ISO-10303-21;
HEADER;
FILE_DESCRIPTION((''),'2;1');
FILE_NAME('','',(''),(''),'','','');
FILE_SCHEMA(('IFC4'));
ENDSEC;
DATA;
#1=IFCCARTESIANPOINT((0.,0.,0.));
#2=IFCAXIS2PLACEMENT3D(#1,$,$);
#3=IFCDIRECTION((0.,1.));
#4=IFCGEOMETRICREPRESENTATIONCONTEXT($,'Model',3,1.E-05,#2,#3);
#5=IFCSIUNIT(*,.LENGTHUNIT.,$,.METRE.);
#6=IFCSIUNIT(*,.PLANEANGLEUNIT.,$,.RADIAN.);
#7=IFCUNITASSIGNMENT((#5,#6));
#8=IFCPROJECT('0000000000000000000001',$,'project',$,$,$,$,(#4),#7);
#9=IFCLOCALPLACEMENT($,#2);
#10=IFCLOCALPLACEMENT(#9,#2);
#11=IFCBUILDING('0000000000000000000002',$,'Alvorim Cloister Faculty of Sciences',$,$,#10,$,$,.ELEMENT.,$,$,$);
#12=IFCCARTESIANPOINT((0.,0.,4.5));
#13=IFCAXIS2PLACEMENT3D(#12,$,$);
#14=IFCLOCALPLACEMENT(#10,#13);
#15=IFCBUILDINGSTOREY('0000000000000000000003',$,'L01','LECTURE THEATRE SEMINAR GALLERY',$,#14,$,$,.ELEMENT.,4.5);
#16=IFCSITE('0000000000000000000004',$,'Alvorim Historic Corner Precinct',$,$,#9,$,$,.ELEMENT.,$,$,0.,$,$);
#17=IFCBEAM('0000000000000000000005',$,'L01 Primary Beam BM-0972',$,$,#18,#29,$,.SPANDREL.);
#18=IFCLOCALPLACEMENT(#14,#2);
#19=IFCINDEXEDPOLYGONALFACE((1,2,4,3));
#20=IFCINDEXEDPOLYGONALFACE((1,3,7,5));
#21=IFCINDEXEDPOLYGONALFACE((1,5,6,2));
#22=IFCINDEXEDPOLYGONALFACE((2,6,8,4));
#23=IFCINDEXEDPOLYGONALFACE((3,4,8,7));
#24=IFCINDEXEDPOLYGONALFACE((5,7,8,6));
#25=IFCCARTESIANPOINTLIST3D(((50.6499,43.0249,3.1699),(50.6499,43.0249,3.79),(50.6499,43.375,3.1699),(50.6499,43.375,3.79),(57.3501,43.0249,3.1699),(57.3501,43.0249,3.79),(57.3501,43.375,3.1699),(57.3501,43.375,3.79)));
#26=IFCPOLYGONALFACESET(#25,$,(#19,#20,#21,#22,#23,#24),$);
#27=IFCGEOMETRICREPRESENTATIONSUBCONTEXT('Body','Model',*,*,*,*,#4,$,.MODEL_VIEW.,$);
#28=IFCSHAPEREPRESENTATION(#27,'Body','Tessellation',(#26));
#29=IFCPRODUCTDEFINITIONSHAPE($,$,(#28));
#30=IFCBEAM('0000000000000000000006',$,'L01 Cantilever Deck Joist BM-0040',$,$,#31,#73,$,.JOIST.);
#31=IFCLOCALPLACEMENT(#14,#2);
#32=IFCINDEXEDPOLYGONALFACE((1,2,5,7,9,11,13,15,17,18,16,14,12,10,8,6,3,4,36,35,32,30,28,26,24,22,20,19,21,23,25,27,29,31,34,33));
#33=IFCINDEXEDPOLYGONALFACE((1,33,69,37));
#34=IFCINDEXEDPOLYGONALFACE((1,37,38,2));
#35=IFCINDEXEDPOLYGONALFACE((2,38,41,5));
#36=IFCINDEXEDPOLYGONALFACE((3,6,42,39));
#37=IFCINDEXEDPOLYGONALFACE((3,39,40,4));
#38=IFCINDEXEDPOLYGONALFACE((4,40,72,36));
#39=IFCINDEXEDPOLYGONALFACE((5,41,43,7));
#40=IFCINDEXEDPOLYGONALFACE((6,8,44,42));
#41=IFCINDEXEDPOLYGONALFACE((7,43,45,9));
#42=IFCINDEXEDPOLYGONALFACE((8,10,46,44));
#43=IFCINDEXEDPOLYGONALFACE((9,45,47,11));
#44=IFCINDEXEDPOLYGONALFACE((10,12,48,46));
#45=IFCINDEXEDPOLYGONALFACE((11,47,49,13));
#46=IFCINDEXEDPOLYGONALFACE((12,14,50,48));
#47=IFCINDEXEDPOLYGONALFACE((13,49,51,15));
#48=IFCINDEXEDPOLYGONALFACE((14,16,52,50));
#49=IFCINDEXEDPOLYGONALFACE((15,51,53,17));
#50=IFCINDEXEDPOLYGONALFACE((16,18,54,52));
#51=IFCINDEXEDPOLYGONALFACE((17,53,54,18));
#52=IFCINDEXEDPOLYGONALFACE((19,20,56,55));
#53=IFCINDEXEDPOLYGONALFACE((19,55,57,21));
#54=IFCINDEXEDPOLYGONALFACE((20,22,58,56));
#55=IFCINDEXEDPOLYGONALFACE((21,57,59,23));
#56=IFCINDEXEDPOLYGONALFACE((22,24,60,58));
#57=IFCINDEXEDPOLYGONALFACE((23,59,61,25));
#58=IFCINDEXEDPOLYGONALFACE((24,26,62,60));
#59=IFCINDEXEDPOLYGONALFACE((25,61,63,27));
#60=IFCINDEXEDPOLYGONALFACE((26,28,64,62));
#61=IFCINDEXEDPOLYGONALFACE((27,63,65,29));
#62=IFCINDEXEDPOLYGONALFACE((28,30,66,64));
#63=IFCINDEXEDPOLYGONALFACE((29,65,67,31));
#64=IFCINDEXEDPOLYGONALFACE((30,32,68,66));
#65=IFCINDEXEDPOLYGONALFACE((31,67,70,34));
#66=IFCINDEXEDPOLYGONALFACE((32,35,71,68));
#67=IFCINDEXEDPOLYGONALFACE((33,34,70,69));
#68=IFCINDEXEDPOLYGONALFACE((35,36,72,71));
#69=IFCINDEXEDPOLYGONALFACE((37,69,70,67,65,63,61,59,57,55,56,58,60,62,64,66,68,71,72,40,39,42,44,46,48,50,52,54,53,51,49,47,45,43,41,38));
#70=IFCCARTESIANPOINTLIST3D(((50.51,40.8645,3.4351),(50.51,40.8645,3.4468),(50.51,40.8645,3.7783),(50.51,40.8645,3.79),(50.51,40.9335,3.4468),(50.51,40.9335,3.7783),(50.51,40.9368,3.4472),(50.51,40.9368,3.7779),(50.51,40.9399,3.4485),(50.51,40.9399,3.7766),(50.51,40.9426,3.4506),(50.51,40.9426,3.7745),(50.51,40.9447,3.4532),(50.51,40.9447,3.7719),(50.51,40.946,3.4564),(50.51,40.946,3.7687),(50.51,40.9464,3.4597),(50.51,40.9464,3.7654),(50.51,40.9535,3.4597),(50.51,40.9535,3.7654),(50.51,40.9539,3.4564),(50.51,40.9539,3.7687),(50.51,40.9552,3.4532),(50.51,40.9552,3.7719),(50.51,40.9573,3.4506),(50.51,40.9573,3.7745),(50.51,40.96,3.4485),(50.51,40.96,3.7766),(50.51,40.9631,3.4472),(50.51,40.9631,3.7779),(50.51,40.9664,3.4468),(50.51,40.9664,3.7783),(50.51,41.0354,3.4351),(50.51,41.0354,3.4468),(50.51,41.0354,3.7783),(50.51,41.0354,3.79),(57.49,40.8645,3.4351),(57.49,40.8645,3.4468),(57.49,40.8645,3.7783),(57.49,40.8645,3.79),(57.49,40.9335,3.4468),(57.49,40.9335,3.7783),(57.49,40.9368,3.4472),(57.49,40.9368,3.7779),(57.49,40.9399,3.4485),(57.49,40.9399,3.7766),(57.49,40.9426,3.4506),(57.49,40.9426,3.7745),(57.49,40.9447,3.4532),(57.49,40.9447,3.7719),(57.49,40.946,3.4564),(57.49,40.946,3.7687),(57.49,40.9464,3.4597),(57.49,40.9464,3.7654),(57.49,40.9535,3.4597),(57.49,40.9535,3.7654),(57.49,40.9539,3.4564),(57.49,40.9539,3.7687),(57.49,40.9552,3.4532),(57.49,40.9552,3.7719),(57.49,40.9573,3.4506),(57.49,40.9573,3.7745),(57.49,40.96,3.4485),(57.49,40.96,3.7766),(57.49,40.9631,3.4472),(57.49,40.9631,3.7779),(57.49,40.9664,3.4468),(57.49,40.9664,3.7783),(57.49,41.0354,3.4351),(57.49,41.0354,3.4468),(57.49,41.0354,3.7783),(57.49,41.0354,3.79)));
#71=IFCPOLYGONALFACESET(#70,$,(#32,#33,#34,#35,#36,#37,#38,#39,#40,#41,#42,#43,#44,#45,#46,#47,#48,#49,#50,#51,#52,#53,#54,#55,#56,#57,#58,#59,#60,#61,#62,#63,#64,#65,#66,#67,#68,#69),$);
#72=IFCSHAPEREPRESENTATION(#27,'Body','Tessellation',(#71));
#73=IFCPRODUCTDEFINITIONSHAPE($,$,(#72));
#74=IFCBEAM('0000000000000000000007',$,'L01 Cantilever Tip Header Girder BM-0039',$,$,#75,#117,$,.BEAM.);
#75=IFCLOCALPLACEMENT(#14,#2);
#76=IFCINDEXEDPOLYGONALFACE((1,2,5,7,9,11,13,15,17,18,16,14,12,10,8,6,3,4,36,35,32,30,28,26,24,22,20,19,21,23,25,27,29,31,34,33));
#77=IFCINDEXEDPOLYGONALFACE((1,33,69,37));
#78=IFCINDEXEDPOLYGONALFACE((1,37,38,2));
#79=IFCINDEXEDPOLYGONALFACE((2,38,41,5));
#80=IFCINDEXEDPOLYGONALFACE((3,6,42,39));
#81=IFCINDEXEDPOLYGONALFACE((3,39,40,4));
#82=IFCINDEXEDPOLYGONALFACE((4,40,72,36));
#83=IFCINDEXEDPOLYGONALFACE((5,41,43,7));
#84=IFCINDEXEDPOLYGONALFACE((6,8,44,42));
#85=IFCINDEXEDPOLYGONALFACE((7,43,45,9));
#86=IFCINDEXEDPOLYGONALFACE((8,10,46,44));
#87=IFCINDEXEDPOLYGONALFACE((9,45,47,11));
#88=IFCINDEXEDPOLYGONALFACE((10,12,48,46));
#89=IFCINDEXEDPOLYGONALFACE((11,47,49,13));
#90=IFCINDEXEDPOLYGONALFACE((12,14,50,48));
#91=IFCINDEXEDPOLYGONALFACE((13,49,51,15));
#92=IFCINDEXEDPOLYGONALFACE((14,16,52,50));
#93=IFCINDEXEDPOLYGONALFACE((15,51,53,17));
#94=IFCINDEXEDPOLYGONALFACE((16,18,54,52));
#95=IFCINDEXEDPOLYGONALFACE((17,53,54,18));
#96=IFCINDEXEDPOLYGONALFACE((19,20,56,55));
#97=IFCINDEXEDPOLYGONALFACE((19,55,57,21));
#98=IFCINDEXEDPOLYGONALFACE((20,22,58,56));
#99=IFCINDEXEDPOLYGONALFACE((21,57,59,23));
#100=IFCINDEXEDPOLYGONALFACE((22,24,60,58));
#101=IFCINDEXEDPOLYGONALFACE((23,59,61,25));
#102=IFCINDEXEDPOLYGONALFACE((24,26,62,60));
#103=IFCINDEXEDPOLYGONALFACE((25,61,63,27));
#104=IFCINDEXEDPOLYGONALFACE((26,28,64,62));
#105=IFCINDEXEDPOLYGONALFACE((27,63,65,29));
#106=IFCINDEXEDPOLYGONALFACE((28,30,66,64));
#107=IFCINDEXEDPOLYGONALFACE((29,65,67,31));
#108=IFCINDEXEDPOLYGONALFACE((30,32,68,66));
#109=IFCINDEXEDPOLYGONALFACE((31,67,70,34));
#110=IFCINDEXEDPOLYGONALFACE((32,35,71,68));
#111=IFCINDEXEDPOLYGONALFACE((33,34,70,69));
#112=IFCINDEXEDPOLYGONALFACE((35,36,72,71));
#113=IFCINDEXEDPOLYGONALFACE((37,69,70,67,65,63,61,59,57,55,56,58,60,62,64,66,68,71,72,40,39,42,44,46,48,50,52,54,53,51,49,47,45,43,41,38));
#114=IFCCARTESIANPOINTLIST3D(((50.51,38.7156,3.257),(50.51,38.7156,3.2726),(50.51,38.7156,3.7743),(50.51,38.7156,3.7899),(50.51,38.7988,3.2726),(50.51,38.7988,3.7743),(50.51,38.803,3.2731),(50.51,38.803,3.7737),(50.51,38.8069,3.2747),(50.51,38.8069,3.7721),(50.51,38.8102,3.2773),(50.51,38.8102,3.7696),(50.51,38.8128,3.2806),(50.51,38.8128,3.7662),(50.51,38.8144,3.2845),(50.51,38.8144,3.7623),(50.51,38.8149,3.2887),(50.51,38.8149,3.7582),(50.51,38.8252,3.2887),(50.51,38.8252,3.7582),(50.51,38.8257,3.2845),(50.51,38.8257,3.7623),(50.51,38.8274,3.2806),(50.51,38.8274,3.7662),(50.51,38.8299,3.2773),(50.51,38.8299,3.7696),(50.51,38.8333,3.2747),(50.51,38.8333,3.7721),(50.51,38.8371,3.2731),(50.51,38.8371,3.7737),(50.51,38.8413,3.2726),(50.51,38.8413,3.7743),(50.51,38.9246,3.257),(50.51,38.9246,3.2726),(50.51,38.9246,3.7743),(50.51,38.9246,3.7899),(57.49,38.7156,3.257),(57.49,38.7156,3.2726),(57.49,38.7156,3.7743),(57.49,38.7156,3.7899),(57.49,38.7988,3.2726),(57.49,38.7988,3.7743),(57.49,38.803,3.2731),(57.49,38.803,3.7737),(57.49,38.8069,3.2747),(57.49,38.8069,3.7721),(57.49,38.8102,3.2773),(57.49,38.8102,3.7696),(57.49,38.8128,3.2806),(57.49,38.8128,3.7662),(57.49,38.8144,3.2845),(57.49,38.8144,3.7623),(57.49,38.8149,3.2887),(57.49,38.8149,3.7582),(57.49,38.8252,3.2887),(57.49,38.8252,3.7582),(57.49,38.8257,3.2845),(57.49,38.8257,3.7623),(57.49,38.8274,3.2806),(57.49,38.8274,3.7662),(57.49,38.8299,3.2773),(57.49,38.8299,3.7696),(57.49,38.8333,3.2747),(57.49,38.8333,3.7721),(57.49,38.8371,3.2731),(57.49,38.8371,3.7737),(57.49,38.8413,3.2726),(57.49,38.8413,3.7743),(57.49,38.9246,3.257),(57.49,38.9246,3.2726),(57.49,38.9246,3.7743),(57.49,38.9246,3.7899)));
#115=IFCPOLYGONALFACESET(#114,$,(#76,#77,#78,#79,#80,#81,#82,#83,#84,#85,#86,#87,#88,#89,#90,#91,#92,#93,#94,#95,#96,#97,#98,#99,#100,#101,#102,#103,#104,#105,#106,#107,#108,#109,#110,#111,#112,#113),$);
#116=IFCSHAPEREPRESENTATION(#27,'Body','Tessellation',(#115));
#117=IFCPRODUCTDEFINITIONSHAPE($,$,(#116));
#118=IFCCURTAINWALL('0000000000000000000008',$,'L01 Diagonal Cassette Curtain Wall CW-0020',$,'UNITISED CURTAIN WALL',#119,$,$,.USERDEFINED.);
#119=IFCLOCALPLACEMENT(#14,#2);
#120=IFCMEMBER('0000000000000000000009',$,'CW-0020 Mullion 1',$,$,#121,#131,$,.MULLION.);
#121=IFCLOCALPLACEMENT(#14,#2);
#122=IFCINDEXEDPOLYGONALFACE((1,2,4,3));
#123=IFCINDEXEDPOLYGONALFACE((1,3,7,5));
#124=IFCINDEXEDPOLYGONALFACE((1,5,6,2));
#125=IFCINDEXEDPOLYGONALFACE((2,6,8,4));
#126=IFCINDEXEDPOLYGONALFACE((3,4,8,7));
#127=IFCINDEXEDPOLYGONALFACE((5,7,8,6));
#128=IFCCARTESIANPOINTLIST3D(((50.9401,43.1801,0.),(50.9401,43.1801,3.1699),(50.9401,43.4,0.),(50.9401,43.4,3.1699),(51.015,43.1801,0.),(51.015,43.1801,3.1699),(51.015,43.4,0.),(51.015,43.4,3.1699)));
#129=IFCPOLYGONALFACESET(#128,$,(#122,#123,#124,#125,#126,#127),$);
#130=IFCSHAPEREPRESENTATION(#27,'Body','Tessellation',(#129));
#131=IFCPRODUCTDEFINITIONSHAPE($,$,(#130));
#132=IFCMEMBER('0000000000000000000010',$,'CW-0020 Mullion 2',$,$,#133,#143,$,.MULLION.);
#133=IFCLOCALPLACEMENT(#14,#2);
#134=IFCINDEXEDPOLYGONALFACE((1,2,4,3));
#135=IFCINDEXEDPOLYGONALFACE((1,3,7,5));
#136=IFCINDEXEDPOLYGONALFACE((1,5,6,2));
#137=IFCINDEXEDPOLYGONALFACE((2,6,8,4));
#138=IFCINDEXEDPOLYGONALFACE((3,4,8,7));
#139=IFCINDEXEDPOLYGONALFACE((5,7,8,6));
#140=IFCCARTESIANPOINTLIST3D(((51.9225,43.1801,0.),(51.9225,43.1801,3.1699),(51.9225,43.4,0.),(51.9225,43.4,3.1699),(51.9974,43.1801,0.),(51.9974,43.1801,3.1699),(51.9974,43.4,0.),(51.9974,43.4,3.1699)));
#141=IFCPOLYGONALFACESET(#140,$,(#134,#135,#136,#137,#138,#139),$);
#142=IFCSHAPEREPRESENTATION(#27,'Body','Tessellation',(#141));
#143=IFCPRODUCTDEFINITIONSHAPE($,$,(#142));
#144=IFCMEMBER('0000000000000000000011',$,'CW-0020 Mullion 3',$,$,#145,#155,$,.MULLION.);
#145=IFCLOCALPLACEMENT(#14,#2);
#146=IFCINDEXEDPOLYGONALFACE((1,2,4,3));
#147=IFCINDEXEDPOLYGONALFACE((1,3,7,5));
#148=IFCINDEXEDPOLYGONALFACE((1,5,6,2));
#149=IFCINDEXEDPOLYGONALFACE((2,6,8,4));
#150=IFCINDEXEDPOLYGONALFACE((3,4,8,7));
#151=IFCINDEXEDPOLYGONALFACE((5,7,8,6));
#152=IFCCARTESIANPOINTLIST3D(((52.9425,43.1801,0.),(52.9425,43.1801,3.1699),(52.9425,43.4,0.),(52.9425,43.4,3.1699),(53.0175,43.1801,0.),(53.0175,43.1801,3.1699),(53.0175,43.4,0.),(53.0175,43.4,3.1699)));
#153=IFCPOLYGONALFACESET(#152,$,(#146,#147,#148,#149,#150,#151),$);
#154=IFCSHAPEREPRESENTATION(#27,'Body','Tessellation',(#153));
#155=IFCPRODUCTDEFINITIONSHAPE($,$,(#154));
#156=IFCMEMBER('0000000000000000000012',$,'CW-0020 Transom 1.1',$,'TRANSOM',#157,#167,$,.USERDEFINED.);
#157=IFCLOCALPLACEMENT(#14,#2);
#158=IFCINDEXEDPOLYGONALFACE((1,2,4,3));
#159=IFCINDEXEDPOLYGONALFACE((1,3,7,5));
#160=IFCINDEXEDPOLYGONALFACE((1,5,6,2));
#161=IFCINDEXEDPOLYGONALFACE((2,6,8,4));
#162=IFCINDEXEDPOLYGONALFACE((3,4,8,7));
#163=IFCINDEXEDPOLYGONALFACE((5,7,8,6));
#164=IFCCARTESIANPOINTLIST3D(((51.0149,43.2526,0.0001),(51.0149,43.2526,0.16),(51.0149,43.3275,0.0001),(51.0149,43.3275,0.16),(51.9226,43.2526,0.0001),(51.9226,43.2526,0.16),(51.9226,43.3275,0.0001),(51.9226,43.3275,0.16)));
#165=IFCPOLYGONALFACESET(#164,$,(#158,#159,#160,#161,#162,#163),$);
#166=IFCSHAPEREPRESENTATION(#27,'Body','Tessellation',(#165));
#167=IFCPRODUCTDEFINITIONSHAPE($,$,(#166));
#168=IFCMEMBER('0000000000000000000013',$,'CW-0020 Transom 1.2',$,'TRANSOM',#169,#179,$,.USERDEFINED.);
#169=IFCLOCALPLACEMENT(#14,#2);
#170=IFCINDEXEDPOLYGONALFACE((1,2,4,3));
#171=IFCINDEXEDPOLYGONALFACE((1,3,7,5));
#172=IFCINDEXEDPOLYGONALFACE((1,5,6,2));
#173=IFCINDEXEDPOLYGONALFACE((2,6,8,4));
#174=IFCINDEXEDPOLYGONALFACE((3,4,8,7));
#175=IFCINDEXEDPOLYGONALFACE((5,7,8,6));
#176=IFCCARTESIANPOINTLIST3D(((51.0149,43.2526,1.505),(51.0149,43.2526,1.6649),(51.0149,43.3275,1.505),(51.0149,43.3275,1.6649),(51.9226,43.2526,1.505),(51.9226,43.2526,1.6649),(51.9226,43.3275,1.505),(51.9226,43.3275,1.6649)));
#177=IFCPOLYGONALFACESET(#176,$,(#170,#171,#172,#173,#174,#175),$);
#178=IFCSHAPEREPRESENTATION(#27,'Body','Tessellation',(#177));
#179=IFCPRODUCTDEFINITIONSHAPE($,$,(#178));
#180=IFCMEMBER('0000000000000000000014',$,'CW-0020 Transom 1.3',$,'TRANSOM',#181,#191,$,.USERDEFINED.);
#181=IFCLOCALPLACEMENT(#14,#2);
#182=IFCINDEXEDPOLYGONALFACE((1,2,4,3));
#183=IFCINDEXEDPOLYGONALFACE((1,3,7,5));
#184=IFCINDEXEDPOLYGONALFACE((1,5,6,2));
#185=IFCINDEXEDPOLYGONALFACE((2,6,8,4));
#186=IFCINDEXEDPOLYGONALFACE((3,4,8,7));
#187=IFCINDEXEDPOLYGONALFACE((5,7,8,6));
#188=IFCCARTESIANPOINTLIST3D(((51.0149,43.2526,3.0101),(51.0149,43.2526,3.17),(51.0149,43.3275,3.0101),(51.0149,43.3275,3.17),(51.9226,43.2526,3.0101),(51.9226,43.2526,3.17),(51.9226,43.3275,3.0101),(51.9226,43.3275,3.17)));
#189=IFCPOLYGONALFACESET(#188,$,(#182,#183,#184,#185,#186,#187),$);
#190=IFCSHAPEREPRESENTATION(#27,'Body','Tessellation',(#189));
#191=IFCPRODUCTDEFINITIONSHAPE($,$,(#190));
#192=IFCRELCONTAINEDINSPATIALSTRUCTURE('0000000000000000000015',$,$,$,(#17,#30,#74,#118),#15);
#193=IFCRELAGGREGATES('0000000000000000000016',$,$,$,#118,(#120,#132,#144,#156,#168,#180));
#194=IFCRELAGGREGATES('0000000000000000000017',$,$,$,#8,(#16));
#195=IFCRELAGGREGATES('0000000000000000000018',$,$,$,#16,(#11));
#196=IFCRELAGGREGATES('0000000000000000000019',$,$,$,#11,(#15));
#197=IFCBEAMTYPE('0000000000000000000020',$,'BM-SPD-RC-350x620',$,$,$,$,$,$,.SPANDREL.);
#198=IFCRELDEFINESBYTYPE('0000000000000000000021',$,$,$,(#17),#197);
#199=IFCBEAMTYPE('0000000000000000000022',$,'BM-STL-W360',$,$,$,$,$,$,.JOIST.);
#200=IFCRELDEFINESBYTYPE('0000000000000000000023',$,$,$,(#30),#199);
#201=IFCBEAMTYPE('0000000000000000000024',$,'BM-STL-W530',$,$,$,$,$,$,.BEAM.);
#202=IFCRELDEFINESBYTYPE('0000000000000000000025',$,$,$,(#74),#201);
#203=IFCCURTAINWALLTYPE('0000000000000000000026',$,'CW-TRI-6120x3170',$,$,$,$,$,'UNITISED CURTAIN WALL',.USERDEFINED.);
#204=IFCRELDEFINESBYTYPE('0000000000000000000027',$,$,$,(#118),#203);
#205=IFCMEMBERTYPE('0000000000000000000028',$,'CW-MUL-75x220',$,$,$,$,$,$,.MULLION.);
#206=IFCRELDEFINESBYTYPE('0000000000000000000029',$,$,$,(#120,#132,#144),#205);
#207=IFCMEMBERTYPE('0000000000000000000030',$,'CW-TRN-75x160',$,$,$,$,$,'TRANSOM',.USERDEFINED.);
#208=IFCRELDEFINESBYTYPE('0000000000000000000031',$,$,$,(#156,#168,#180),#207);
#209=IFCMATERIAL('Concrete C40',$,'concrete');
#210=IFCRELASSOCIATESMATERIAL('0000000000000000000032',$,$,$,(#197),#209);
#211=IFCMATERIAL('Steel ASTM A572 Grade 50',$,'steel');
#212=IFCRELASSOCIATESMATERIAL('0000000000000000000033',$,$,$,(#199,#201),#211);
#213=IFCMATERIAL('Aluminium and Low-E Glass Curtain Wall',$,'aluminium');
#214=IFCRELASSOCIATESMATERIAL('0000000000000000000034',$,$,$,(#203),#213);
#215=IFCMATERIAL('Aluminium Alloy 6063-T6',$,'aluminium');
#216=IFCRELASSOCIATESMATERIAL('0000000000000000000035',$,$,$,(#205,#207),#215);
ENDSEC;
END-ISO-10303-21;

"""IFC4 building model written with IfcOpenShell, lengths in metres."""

from ifc_helpers import new_model, si_unit, direction, frame, origin, origin_2d, place, context, subcontext, project, spatial, rectangle, i_section, extrude, material, material_profile, profile_set, type_object, element, aggregate, save


model = new_model("IFC4")

# Units and contexts
model_context = context("Model", 3, precision=1e-05, world=origin(), true_north=direction((0.0, 1.0)))
body_context = subcontext(model_context, "Body", "Model", "MODEL_VIEW")
ifc_project = project(units=[si_unit("LENGTHUNIT", "METRE"), si_unit("PLANEANGLEUNIT", "RADIAN")], contexts=[model_context])

# Site, building, storey
site_placement = place(None, origin())
site = spatial("IfcSite", under=ifc_project, at=site_placement, Name="Alvorim Historic Corner Precinct", CompositionType="ELEMENT", RefElevation=0.0)
building_placement = place(site_placement, origin())
building = spatial("IfcBuilding", under=site, at=building_placement, Name="Alvorim Cloister Faculty of Sciences", CompositionType="ELEMENT")
storey_placement = place(building_placement, frame((0.0, 0.0, 4.5)))
storey = spatial("IfcBuildingStorey", under=building, at=storey_placement, Name="L01", Description="LECTURE THEATRE SEMINAR GALLERY", CompositionType="ELEMENT", Elevation=4.5)

# Beams
ifc_material_1 = material(Name="Concrete C40", Category="concrete")
ifc_material_profile_1 = material_profile(ifc_material_1, rectangle(XDim=0.3501, YDim=0.6201, at=origin_2d()), Name="RC40-SPD-350x620")
ifc_profile_set_1 = profile_set([ifc_material_profile_1], Name="Concrete C40")
beam_type_1 = type_object("IfcBeamType", Name="BM-SPD-RC-350x620", PredefinedType="SPANDREL", material=ifc_profile_set_1)
beam_1_placement = place(storey_placement, frame((50.6499, 43.2, 3.48), z_axis=(1.0, 0.0, 0.0), x_axis=(0.0, 1.0, 0.0)))
element("IfcBeam", 1, at=beam_1_placement, inside=storey, type_object=beam_type_1, Name="L01 Primary Beam BM-0972", PredefinedType="SPANDREL", context=body_context, shape_type="SweptSolid", body=[
    extrude(rectangle(XDim=0.3501, YDim=0.6201, at=origin_2d()), origin(), (0.0, 0.0, 1.0), 6.7002),
])
ifc_material_2 = material(Name="Steel ASTM A572 Grade 50", Category="steel")
ifc_material_profile_2 = material_profile(ifc_material_2, i_section(OverallWidth=0.1709, OverallDepth=0.355, WebThickness=0.0071, FlangeThickness=0.0117, FilletRadius=0.0129, at=origin_2d()), Name="W360x51.0")
ifc_profile_set_2 = profile_set([ifc_material_profile_2], Name="Steel ASTM A572 Grade 50")
beam_type_2 = type_object("IfcBeamType", Name="BM-STL-W360", PredefinedType="JOIST", material=ifc_profile_set_2)
beam_2_placement = place(storey_placement, frame((50.51, 40.95, 3.6125), z_axis=(1.0, 0.0, 0.0), x_axis=(0.0, 1.0, 0.0)))
element("IfcBeam", 2, at=beam_2_placement, inside=storey, type_object=beam_type_2, Name="L01 Cantilever Deck Joist BM-0040", PredefinedType="JOIST", context=body_context, shape_type="SweptSolid", body=[
    extrude(i_section(OverallWidth=0.1709, OverallDepth=0.355, WebThickness=0.0071, FlangeThickness=0.0117, FilletRadius=0.0129, at=origin_2d()), origin(), (0.0, 0.0, 1.0), 6.98),
])
ifc_material_profile_3 = material_profile(ifc_material_2, i_section(OverallWidth=0.209, OverallDepth=0.533, WebThickness=0.0103, FlangeThickness=0.0156, FilletRadius=0.0161, at=origin_2d()), Name="W530x92.0")
ifc_profile_set_3 = profile_set([ifc_material_profile_3], Name="Steel ASTM A572 Grade 50")
beam_type_3 = type_object("IfcBeamType", Name="BM-STL-W530", PredefinedType="BEAM", material=ifc_profile_set_3)
beam_3_placement = place(storey_placement, frame((50.51, 38.8201, 3.5234), z_axis=(1.0, 0.0, 0.0), x_axis=(0.0, 1.0, 0.0)))
element("IfcBeam", 3, at=beam_3_placement, inside=storey, type_object=beam_type_3, Name="L01 Cantilever Tip Header Girder BM-0039", PredefinedType="BEAM", context=body_context, shape_type="SweptSolid", body=[
    extrude(i_section(OverallWidth=0.209, OverallDepth=0.533, WebThickness=0.0103, FlangeThickness=0.0156, FilletRadius=0.0161, at=origin_2d()), origin(), (0.0, 0.0, 1.0), 6.98),
])

# Curtain wall, members
ifc_material_3 = material(Name="Aluminium and Low-E Glass Curtain Wall", Category="aluminium")
curtain_wall_type = type_object("IfcCurtainWallType", Name="CW-TRI-6120x3170", ElementType="UNITISED CURTAIN WALL", PredefinedType="USERDEFINED", material=ifc_material_3)
curtain_wall_placement = place(storey_placement, origin())
curtain_wall = element("IfcCurtainWall", 4, at=curtain_wall_placement, inside=storey, type_object=curtain_wall_type, Name="L01 Diagonal Cassette Curtain Wall CW-0020", ObjectType="UNITISED CURTAIN WALL", PredefinedType="USERDEFINED")
ifc_material_4 = material(Name="Aluminium Alloy 6063-T6", Category="aluminium")
ifc_material_profile_4 = material_profile(ifc_material_4, rectangle(XDim=0.075, YDim=0.22, at=origin_2d()), Name="ALU-MUL-75x220")
ifc_profile_set_4 = profile_set([ifc_material_profile_4], Name="Aluminium Alloy 6063-T6")
member_type_1 = type_object("IfcMemberType", Name="CW-MUL-75x220", PredefinedType="MULLION", material=ifc_profile_set_4)
member_1_placement = place(storey_placement, frame((50.9775, 43.29, 0.0), z_axis=(0.0, 0.0, 1.0), x_axis=(1.0, 0.0, 0.0)))
member_1 = element("IfcMember", 5, at=member_1_placement, type_object=member_type_1, Name="CW-0020 Mullion 1", PredefinedType="MULLION", context=body_context, shape_type="SweptSolid", body=[
    extrude(rectangle(XDim=0.075, YDim=0.22, at=origin_2d()), origin(), (0.0, 0.0, 1.0), 3.1699),
])
member_2_placement = place(storey_placement, frame((51.96, 43.29, 0.0), z_axis=(0.0, 0.0, 1.0), x_axis=(1.0, 0.0, 0.0)))
member_2 = element("IfcMember", 6, at=member_2_placement, type_object=member_type_1, Name="CW-0020 Mullion 2", PredefinedType="MULLION", context=body_context, shape_type="SweptSolid", body=[
    extrude(rectangle(XDim=0.075, YDim=0.22, at=origin_2d()), origin(), (0.0, 0.0, 1.0), 3.1699),
])
member_3_placement = place(storey_placement, frame((52.98, 43.29, 0.0), z_axis=(0.0, 0.0, 1.0), x_axis=(1.0, 0.0, 0.0)))
member_3 = element("IfcMember", 7, at=member_3_placement, type_object=member_type_1, Name="CW-0020 Mullion 3", PredefinedType="MULLION", context=body_context, shape_type="SweptSolid", body=[
    extrude(rectangle(XDim=0.075, YDim=0.22, at=origin_2d()), origin(), (0.0, 0.0, 1.0), 3.1699),
])
ifc_material_profile_5 = material_profile(ifc_material_4, rectangle(XDim=0.075, YDim=0.1599, at=origin_2d()), Name="ALU-TRN-75x160")
ifc_profile_set_5 = profile_set([ifc_material_profile_5], Name="Aluminium Alloy 6063-T6")
member_type_2 = type_object("IfcMemberType", Name="CW-TRN-75x160", ElementType="TRANSOM", PredefinedType="USERDEFINED", material=ifc_profile_set_5)
member_4_placement = place(storey_placement, frame((51.0149, 43.29, 0.0801), z_axis=(1.0, 0.0, 0.0), x_axis=(0.0, 1.0, 0.0)))
member_4 = element("IfcMember", 8, at=member_4_placement, type_object=member_type_2, Name="CW-0020 Transom 1.1", ObjectType="TRANSOM", PredefinedType="USERDEFINED", context=body_context, shape_type="SweptSolid", body=[
    extrude(rectangle(XDim=0.075, YDim=0.1599, at=origin_2d()), origin(), (0.0, 0.0, 1.0), 0.9077),
])
member_5_placement = place(storey_placement, frame((51.0149, 43.29, 1.585), z_axis=(1.0, 0.0, 0.0), x_axis=(0.0, 1.0, 0.0)))
member_5 = element("IfcMember", 9, at=member_5_placement, type_object=member_type_2, Name="CW-0020 Transom 1.2", ObjectType="TRANSOM", PredefinedType="USERDEFINED", context=body_context, shape_type="SweptSolid", body=[
    extrude(rectangle(XDim=0.075, YDim=0.1599, at=origin_2d()), origin(), (0.0, 0.0, 1.0), 0.9077),
])
member_6_placement = place(storey_placement, frame((51.0149, 43.29, 3.0901), z_axis=(1.0, 0.0, 0.0), x_axis=(0.0, 1.0, 0.0)))
member_6 = element("IfcMember", 10, at=member_6_placement, type_object=member_type_2, Name="CW-0020 Transom 1.3", ObjectType="TRANSOM", PredefinedType="USERDEFINED", context=body_context, shape_type="SweptSolid", body=[
    extrude(rectangle(XDim=0.075, YDim=0.1599, at=origin_2d()), origin(), (0.0, 0.0, 1.0), 0.9077),
])
aggregate(curtain_wall, [member_1, member_2, member_3, member_4, member_5, member_6])

save(model, "model.ifc")
